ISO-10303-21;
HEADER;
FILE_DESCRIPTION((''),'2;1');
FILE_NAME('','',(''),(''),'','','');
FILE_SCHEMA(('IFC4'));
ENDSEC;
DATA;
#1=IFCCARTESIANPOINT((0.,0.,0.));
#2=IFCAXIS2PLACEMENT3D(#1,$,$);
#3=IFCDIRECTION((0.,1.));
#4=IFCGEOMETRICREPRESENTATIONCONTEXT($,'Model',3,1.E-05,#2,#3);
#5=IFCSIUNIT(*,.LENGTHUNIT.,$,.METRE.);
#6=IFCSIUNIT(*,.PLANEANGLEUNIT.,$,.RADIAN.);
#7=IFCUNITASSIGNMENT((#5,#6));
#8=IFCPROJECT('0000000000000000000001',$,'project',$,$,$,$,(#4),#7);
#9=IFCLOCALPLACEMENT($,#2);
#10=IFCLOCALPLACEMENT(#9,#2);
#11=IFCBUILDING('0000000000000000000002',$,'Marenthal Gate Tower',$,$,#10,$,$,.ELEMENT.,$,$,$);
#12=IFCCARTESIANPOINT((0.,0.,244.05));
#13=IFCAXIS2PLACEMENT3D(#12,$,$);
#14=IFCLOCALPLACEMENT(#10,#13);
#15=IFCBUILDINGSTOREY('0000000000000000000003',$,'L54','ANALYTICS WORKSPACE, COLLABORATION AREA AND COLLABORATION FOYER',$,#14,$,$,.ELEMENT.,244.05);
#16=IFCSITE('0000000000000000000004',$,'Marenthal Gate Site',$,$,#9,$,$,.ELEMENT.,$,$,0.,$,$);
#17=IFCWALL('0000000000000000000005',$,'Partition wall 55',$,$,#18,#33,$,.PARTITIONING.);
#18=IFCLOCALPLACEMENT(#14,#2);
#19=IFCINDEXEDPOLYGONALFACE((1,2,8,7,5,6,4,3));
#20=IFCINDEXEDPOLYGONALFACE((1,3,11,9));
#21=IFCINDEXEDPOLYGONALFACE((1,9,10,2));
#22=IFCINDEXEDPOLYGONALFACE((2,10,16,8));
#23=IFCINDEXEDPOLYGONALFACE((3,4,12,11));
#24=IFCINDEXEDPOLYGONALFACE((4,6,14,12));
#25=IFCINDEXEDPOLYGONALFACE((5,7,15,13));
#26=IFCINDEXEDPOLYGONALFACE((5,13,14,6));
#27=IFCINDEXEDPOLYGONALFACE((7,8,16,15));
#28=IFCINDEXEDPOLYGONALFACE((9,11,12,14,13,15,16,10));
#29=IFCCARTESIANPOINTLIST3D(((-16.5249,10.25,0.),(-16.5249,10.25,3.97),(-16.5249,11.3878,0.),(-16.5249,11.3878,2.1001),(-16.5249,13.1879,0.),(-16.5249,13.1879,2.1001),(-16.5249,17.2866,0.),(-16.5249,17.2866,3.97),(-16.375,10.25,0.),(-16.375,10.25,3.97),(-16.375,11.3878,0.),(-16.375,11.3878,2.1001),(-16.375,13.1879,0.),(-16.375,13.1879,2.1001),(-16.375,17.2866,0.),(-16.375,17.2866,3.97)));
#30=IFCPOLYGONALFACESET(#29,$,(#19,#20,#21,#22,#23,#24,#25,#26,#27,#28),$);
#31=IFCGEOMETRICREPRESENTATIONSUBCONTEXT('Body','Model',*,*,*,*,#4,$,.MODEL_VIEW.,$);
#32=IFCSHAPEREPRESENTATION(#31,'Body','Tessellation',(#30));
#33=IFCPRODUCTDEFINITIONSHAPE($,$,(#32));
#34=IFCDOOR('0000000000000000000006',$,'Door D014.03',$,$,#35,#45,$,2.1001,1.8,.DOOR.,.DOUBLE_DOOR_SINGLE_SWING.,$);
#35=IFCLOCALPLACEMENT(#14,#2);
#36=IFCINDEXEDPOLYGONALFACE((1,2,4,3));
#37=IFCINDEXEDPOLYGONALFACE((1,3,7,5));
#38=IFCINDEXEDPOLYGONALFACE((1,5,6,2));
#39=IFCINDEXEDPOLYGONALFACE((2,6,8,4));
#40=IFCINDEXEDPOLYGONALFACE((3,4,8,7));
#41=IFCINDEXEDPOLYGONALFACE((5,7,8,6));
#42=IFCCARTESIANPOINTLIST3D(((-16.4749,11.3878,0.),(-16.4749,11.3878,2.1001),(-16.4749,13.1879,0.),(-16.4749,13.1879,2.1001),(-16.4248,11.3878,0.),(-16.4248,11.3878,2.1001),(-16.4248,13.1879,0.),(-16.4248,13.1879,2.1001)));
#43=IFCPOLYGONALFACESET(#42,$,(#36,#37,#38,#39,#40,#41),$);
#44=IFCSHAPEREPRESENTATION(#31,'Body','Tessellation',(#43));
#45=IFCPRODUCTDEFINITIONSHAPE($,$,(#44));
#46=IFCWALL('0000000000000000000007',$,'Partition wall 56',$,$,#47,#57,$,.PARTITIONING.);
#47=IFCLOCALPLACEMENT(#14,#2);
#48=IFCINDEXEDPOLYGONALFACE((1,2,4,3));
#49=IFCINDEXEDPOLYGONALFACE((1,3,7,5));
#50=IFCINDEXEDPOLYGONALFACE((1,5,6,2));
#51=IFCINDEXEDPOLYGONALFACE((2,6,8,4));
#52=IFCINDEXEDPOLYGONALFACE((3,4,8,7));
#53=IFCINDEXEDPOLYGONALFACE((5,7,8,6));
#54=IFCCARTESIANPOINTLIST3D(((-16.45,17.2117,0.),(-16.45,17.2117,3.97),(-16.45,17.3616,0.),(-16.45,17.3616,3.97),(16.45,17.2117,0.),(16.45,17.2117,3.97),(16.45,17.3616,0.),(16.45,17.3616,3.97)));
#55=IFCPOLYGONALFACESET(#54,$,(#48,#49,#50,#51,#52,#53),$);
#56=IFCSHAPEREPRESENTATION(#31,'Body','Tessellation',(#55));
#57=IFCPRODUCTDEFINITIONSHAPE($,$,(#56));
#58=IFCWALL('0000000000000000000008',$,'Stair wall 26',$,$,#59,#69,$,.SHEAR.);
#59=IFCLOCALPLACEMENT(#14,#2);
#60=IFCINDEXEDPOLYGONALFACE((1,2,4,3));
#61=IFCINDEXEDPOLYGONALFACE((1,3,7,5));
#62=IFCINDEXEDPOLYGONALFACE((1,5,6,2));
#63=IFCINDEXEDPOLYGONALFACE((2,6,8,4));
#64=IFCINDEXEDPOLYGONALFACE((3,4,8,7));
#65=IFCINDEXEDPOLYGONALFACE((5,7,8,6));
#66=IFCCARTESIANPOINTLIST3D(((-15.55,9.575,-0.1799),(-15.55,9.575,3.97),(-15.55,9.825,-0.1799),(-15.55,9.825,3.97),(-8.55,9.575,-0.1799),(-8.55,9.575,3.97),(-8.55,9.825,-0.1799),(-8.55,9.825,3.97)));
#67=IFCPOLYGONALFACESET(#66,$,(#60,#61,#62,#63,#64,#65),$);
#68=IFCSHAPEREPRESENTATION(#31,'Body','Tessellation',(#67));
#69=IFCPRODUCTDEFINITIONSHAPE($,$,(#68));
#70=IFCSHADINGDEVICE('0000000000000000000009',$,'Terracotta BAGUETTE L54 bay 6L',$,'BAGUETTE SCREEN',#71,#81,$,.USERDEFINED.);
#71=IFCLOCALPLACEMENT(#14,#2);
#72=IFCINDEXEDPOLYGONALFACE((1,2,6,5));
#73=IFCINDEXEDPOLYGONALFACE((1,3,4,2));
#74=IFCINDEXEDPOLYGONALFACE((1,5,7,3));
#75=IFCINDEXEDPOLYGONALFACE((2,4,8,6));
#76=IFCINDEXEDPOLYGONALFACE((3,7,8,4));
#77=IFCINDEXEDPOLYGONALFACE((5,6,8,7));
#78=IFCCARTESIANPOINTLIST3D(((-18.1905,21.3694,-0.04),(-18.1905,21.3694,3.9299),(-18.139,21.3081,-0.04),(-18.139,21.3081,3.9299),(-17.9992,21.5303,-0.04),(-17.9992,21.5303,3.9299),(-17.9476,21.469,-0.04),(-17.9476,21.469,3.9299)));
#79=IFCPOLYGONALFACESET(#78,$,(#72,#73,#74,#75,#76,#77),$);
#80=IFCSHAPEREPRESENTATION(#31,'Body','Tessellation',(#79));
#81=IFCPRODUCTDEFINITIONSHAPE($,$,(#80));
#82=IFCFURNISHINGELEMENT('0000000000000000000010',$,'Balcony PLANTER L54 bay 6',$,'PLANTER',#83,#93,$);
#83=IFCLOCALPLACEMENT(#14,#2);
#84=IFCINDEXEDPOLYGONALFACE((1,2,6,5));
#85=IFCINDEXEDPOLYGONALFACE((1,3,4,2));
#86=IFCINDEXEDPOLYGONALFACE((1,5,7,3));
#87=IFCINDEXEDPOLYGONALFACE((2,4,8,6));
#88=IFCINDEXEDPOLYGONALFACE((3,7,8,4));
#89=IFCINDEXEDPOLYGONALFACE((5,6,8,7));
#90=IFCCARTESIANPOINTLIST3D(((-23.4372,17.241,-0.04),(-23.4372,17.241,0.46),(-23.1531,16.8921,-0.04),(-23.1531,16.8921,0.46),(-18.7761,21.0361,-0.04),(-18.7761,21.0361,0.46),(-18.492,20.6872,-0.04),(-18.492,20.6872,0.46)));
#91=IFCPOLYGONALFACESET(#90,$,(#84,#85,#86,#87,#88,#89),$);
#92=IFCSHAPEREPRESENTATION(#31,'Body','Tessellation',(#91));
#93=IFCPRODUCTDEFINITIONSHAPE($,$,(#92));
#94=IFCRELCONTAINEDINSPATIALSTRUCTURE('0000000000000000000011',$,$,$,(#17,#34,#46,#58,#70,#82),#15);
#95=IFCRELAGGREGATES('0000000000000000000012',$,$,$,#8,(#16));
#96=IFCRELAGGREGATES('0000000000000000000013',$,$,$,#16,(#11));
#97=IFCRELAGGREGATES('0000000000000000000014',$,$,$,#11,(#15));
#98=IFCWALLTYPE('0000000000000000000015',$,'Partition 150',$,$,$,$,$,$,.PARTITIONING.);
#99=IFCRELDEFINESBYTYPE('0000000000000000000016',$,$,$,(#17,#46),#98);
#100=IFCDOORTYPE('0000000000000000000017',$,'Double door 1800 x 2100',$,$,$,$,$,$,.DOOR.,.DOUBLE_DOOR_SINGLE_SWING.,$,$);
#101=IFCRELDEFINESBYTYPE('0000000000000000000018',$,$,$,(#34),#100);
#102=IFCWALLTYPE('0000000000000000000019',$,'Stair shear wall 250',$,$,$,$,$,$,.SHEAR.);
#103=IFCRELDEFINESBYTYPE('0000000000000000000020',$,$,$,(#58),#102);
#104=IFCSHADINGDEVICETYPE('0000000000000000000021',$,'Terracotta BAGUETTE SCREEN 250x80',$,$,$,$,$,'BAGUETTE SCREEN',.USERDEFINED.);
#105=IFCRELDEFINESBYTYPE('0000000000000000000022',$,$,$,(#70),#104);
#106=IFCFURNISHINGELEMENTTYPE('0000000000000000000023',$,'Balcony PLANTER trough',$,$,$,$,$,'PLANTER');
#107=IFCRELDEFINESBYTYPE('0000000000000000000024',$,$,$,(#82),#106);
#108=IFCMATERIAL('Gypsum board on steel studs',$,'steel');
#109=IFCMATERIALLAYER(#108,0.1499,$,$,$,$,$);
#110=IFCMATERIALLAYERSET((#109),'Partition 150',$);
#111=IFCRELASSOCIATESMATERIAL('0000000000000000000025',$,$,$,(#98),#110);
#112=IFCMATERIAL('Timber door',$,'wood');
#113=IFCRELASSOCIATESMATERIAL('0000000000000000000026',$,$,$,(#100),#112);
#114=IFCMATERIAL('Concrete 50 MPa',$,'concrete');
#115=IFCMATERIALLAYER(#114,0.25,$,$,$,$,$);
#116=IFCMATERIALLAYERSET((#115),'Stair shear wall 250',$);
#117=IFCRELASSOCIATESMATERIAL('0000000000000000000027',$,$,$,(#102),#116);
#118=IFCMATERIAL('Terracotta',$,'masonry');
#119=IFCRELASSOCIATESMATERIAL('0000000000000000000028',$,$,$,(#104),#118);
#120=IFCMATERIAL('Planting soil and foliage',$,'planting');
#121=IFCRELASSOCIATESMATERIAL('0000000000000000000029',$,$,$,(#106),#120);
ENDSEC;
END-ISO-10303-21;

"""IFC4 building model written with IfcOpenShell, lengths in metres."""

from ifc_helpers import new_model, si_unit, direction, frame, frame_2d, origin, origin_2d, place, context, subcontext, project, spatial, rectangle, extrude, material, layer, layer_set, material_profile, profile_set, type_object, element, fill, save


model = new_model("IFC4")

# Units and contexts
model_context = context("Model", 3, precision=1e-05, world=origin(), true_north=direction((0.0, 1.0)))
body_context = subcontext(model_context, "Body", "Model", "MODEL_VIEW")
ifc_project = project(units=[si_unit("LENGTHUNIT", "METRE"), si_unit("PLANEANGLEUNIT", "RADIAN")], contexts=[model_context])

# Site, building, storey
site_placement = place(None, origin())
site = spatial("IfcSite", under=ifc_project, at=site_placement, Name="Marenthal Gate Site", CompositionType="ELEMENT", RefElevation=0.0)
building_placement = place(site_placement, origin())
building = spatial("IfcBuilding", under=site, at=building_placement, Name="Marenthal Gate Tower", CompositionType="ELEMENT")
storey_placement = place(building_placement, frame((0.0, 0.0, 244.05)))
storey = spatial("IfcBuildingStorey", under=building, at=storey_placement, Name="L54", Description="ANALYTICS WORKSPACE, COLLABORATION AREA AND COLLABORATION FOYER", CompositionType="ELEMENT", Elevation=244.05)

# Shared definitions
ifc_material_1 = material(Name="Gypsum board on steel studs", Category="steel")
ifc_layer_1 = layer(ifc_material_1, 0.1499)
ifc_layer_set_1 = layer_set([ifc_layer_1], Name="Partition 150")
wall_type_1 = type_object("IfcWallType", Name="Partition 150", PredefinedType="PARTITIONING", material=ifc_layer_set_1)

# Wall, opening, door
wall_1_placement = place(storey_placement, frame((-16.45, 10.25, 0.0), z_axis=(0.0, 0.0, 1.0), x_axis=(0.0, 1.0, 0.0)))
wall_1 = element("IfcWall", 1, at=wall_1_placement, inside=storey, type_object=wall_type_1, Name="Partition wall 55", PredefinedType="PARTITIONING", context=body_context, shape_type="SweptSolid", body=[
    extrude(rectangle(XDim=7.0366, YDim=0.1499, at=frame_2d((3.5183, 0.0))), origin(), (0.0, 0.0, 1.0), 3.97),
])
opening_1_placement = place(wall_1_placement, frame((1.1379, 0.0, 0.0)))
opening_1 = element("IfcOpeningElement", 2, at=opening_1_placement, cuts=wall_1, PredefinedType="OPENING", context=body_context, shape_type="SweptSolid", body=[
    extrude(rectangle(XDim=1.8, YDim=2.1001, at=frame_2d((0.8999, 1.05))), frame((0.0, 0.085, 0.0), z_axis=(0.0, -1.0, 0.0), x_axis=(1.0, 0.0, 0.0)), (0.0, 0.0, 1.0), 0.1699),
])
ifc_material_2 = material(Name="Timber door", Category="wood")
door_type_1 = type_object("IfcDoorType", Name="Double door 1800 x 2100", OperationType="DOUBLE_DOOR_SINGLE_SWING", PredefinedType="DOOR", material=ifc_material_2)
door_1_placement = place(opening_1_placement, origin())
door_1 = element("IfcDoor", 3, at=door_1_placement, inside=storey, type_object=door_type_1, Name="Door D014.03", OperationType="DOUBLE_DOOR_SINGLE_SWING", OverallHeight=2.1001, OverallWidth=1.8, PredefinedType="DOOR", context=body_context, shape_type="SweptSolid", body=[
    extrude(rectangle(XDim=1.8, YDim=2.1001, at=frame_2d((0.8999, 1.05))), frame((0.0, 0.0249, 0.0), z_axis=(0.0, -1.0, 0.0), x_axis=(1.0, 0.0, 0.0)), (0.0, 0.0, 1.0), 0.05),
])
fill(opening_1, door_1)

# Walls
wall_2_placement = place(storey_placement, frame((-16.45, 17.2866, 0.0), z_axis=(0.0, 0.0, 1.0), x_axis=(1.0, 0.0, 0.0)))
element("IfcWall", 4, at=wall_2_placement, inside=storey, type_object=wall_type_1, Name="Partition wall 56", PredefinedType="PARTITIONING", context=body_context, shape_type="SweptSolid", body=[
    extrude(rectangle(XDim=32.8999, YDim=0.1499, at=frame_2d((16.45, 0.0))), origin(), (0.0, 0.0, 1.0), 3.97),
])
ifc_material_3 = material(Name="Concrete 50 MPa", Category="concrete")
ifc_layer_2 = layer(ifc_material_3, 0.25)
ifc_layer_set_2 = layer_set([ifc_layer_2], Name="Stair shear wall 250")
wall_type_2 = type_object("IfcWallType", Name="Stair shear wall 250", PredefinedType="SHEAR", material=ifc_layer_set_2)
wall_3_placement = place(storey_placement, frame((-15.55, 9.7, -0.1799), z_axis=(0.0, 0.0, 1.0), x_axis=(1.0, 0.0, 0.0)))
element("IfcWall", 5, at=wall_3_placement, inside=storey, type_object=wall_type_2, Name="Stair wall 26", PredefinedType="SHEAR", context=body_context, shape_type="SweptSolid", body=[
    extrude(rectangle(XDim=7.0, YDim=0.25, at=frame_2d((3.5, 0.0))), origin(), (0.0, 0.0, 1.0), 4.1499),
])

# Shading device
ifc_material_4 = material(Name="Terracotta", Category="masonry")
ifc_material_profile_1 = material_profile(ifc_material_4, rectangle(XDim=0.25, YDim=0.0801, at=origin_2d()), Name="Terracotta baguette 250x80")
ifc_profile_set_1 = profile_set([ifc_material_profile_1], Name="Terracotta")
shading_device_type = type_object("IfcShadingDeviceType", Name="Terracotta BAGUETTE SCREEN 250x80", ElementType="BAGUETTE SCREEN", PredefinedType="USERDEFINED", material=ifc_profile_set_1)
shading_device_placement = place(storey_placement, frame((-18.0691, 21.4192, -0.04), z_axis=(0.0, 0.0, 1.0), x_axis=(-0.765469, -0.643472, 0.0)))
element("IfcShadingDevice", 6, at=shading_device_placement, inside=storey, type_object=shading_device_type, Name="Terracotta BAGUETTE L54 bay 6L", ObjectType="BAGUETTE SCREEN", PredefinedType="USERDEFINED", context=body_context, shape_type="SweptSolid", body=[
    extrude(rectangle(XDim=0.25, YDim=0.0801, at=origin_2d()), origin(), (0.0, 0.0, 1.0), 3.97),
])

# Furnishing element
ifc_material_5 = material(Name="Planting soil and foliage", Category="planting")
furnishing_element_type = type_object("IfcFurnishingElementType", Name="Balcony PLANTER trough", ElementType="PLANTER", material=ifc_material_5)
furnishing_placement = place(storey_placement, frame((-20.9646, 18.9641, -0.04), z_axis=(0.0, 0.0, 1.0), x_axis=(-0.775469, -0.631385, 0.0)))
element("IfcFurnishingElement", 7, at=furnishing_placement, inside=storey, type_object=furnishing_element_type, Name="Balcony PLANTER L54 bay 6", ObjectType="PLANTER", context=body_context, shape_type="SweptSolid", body=[
    extrude(rectangle(XDim=6.0107, YDim=0.45, at=origin_2d()), origin(), (0.0, 0.0, 1.0), 0.5),
])

save(model, "model.ifc")
